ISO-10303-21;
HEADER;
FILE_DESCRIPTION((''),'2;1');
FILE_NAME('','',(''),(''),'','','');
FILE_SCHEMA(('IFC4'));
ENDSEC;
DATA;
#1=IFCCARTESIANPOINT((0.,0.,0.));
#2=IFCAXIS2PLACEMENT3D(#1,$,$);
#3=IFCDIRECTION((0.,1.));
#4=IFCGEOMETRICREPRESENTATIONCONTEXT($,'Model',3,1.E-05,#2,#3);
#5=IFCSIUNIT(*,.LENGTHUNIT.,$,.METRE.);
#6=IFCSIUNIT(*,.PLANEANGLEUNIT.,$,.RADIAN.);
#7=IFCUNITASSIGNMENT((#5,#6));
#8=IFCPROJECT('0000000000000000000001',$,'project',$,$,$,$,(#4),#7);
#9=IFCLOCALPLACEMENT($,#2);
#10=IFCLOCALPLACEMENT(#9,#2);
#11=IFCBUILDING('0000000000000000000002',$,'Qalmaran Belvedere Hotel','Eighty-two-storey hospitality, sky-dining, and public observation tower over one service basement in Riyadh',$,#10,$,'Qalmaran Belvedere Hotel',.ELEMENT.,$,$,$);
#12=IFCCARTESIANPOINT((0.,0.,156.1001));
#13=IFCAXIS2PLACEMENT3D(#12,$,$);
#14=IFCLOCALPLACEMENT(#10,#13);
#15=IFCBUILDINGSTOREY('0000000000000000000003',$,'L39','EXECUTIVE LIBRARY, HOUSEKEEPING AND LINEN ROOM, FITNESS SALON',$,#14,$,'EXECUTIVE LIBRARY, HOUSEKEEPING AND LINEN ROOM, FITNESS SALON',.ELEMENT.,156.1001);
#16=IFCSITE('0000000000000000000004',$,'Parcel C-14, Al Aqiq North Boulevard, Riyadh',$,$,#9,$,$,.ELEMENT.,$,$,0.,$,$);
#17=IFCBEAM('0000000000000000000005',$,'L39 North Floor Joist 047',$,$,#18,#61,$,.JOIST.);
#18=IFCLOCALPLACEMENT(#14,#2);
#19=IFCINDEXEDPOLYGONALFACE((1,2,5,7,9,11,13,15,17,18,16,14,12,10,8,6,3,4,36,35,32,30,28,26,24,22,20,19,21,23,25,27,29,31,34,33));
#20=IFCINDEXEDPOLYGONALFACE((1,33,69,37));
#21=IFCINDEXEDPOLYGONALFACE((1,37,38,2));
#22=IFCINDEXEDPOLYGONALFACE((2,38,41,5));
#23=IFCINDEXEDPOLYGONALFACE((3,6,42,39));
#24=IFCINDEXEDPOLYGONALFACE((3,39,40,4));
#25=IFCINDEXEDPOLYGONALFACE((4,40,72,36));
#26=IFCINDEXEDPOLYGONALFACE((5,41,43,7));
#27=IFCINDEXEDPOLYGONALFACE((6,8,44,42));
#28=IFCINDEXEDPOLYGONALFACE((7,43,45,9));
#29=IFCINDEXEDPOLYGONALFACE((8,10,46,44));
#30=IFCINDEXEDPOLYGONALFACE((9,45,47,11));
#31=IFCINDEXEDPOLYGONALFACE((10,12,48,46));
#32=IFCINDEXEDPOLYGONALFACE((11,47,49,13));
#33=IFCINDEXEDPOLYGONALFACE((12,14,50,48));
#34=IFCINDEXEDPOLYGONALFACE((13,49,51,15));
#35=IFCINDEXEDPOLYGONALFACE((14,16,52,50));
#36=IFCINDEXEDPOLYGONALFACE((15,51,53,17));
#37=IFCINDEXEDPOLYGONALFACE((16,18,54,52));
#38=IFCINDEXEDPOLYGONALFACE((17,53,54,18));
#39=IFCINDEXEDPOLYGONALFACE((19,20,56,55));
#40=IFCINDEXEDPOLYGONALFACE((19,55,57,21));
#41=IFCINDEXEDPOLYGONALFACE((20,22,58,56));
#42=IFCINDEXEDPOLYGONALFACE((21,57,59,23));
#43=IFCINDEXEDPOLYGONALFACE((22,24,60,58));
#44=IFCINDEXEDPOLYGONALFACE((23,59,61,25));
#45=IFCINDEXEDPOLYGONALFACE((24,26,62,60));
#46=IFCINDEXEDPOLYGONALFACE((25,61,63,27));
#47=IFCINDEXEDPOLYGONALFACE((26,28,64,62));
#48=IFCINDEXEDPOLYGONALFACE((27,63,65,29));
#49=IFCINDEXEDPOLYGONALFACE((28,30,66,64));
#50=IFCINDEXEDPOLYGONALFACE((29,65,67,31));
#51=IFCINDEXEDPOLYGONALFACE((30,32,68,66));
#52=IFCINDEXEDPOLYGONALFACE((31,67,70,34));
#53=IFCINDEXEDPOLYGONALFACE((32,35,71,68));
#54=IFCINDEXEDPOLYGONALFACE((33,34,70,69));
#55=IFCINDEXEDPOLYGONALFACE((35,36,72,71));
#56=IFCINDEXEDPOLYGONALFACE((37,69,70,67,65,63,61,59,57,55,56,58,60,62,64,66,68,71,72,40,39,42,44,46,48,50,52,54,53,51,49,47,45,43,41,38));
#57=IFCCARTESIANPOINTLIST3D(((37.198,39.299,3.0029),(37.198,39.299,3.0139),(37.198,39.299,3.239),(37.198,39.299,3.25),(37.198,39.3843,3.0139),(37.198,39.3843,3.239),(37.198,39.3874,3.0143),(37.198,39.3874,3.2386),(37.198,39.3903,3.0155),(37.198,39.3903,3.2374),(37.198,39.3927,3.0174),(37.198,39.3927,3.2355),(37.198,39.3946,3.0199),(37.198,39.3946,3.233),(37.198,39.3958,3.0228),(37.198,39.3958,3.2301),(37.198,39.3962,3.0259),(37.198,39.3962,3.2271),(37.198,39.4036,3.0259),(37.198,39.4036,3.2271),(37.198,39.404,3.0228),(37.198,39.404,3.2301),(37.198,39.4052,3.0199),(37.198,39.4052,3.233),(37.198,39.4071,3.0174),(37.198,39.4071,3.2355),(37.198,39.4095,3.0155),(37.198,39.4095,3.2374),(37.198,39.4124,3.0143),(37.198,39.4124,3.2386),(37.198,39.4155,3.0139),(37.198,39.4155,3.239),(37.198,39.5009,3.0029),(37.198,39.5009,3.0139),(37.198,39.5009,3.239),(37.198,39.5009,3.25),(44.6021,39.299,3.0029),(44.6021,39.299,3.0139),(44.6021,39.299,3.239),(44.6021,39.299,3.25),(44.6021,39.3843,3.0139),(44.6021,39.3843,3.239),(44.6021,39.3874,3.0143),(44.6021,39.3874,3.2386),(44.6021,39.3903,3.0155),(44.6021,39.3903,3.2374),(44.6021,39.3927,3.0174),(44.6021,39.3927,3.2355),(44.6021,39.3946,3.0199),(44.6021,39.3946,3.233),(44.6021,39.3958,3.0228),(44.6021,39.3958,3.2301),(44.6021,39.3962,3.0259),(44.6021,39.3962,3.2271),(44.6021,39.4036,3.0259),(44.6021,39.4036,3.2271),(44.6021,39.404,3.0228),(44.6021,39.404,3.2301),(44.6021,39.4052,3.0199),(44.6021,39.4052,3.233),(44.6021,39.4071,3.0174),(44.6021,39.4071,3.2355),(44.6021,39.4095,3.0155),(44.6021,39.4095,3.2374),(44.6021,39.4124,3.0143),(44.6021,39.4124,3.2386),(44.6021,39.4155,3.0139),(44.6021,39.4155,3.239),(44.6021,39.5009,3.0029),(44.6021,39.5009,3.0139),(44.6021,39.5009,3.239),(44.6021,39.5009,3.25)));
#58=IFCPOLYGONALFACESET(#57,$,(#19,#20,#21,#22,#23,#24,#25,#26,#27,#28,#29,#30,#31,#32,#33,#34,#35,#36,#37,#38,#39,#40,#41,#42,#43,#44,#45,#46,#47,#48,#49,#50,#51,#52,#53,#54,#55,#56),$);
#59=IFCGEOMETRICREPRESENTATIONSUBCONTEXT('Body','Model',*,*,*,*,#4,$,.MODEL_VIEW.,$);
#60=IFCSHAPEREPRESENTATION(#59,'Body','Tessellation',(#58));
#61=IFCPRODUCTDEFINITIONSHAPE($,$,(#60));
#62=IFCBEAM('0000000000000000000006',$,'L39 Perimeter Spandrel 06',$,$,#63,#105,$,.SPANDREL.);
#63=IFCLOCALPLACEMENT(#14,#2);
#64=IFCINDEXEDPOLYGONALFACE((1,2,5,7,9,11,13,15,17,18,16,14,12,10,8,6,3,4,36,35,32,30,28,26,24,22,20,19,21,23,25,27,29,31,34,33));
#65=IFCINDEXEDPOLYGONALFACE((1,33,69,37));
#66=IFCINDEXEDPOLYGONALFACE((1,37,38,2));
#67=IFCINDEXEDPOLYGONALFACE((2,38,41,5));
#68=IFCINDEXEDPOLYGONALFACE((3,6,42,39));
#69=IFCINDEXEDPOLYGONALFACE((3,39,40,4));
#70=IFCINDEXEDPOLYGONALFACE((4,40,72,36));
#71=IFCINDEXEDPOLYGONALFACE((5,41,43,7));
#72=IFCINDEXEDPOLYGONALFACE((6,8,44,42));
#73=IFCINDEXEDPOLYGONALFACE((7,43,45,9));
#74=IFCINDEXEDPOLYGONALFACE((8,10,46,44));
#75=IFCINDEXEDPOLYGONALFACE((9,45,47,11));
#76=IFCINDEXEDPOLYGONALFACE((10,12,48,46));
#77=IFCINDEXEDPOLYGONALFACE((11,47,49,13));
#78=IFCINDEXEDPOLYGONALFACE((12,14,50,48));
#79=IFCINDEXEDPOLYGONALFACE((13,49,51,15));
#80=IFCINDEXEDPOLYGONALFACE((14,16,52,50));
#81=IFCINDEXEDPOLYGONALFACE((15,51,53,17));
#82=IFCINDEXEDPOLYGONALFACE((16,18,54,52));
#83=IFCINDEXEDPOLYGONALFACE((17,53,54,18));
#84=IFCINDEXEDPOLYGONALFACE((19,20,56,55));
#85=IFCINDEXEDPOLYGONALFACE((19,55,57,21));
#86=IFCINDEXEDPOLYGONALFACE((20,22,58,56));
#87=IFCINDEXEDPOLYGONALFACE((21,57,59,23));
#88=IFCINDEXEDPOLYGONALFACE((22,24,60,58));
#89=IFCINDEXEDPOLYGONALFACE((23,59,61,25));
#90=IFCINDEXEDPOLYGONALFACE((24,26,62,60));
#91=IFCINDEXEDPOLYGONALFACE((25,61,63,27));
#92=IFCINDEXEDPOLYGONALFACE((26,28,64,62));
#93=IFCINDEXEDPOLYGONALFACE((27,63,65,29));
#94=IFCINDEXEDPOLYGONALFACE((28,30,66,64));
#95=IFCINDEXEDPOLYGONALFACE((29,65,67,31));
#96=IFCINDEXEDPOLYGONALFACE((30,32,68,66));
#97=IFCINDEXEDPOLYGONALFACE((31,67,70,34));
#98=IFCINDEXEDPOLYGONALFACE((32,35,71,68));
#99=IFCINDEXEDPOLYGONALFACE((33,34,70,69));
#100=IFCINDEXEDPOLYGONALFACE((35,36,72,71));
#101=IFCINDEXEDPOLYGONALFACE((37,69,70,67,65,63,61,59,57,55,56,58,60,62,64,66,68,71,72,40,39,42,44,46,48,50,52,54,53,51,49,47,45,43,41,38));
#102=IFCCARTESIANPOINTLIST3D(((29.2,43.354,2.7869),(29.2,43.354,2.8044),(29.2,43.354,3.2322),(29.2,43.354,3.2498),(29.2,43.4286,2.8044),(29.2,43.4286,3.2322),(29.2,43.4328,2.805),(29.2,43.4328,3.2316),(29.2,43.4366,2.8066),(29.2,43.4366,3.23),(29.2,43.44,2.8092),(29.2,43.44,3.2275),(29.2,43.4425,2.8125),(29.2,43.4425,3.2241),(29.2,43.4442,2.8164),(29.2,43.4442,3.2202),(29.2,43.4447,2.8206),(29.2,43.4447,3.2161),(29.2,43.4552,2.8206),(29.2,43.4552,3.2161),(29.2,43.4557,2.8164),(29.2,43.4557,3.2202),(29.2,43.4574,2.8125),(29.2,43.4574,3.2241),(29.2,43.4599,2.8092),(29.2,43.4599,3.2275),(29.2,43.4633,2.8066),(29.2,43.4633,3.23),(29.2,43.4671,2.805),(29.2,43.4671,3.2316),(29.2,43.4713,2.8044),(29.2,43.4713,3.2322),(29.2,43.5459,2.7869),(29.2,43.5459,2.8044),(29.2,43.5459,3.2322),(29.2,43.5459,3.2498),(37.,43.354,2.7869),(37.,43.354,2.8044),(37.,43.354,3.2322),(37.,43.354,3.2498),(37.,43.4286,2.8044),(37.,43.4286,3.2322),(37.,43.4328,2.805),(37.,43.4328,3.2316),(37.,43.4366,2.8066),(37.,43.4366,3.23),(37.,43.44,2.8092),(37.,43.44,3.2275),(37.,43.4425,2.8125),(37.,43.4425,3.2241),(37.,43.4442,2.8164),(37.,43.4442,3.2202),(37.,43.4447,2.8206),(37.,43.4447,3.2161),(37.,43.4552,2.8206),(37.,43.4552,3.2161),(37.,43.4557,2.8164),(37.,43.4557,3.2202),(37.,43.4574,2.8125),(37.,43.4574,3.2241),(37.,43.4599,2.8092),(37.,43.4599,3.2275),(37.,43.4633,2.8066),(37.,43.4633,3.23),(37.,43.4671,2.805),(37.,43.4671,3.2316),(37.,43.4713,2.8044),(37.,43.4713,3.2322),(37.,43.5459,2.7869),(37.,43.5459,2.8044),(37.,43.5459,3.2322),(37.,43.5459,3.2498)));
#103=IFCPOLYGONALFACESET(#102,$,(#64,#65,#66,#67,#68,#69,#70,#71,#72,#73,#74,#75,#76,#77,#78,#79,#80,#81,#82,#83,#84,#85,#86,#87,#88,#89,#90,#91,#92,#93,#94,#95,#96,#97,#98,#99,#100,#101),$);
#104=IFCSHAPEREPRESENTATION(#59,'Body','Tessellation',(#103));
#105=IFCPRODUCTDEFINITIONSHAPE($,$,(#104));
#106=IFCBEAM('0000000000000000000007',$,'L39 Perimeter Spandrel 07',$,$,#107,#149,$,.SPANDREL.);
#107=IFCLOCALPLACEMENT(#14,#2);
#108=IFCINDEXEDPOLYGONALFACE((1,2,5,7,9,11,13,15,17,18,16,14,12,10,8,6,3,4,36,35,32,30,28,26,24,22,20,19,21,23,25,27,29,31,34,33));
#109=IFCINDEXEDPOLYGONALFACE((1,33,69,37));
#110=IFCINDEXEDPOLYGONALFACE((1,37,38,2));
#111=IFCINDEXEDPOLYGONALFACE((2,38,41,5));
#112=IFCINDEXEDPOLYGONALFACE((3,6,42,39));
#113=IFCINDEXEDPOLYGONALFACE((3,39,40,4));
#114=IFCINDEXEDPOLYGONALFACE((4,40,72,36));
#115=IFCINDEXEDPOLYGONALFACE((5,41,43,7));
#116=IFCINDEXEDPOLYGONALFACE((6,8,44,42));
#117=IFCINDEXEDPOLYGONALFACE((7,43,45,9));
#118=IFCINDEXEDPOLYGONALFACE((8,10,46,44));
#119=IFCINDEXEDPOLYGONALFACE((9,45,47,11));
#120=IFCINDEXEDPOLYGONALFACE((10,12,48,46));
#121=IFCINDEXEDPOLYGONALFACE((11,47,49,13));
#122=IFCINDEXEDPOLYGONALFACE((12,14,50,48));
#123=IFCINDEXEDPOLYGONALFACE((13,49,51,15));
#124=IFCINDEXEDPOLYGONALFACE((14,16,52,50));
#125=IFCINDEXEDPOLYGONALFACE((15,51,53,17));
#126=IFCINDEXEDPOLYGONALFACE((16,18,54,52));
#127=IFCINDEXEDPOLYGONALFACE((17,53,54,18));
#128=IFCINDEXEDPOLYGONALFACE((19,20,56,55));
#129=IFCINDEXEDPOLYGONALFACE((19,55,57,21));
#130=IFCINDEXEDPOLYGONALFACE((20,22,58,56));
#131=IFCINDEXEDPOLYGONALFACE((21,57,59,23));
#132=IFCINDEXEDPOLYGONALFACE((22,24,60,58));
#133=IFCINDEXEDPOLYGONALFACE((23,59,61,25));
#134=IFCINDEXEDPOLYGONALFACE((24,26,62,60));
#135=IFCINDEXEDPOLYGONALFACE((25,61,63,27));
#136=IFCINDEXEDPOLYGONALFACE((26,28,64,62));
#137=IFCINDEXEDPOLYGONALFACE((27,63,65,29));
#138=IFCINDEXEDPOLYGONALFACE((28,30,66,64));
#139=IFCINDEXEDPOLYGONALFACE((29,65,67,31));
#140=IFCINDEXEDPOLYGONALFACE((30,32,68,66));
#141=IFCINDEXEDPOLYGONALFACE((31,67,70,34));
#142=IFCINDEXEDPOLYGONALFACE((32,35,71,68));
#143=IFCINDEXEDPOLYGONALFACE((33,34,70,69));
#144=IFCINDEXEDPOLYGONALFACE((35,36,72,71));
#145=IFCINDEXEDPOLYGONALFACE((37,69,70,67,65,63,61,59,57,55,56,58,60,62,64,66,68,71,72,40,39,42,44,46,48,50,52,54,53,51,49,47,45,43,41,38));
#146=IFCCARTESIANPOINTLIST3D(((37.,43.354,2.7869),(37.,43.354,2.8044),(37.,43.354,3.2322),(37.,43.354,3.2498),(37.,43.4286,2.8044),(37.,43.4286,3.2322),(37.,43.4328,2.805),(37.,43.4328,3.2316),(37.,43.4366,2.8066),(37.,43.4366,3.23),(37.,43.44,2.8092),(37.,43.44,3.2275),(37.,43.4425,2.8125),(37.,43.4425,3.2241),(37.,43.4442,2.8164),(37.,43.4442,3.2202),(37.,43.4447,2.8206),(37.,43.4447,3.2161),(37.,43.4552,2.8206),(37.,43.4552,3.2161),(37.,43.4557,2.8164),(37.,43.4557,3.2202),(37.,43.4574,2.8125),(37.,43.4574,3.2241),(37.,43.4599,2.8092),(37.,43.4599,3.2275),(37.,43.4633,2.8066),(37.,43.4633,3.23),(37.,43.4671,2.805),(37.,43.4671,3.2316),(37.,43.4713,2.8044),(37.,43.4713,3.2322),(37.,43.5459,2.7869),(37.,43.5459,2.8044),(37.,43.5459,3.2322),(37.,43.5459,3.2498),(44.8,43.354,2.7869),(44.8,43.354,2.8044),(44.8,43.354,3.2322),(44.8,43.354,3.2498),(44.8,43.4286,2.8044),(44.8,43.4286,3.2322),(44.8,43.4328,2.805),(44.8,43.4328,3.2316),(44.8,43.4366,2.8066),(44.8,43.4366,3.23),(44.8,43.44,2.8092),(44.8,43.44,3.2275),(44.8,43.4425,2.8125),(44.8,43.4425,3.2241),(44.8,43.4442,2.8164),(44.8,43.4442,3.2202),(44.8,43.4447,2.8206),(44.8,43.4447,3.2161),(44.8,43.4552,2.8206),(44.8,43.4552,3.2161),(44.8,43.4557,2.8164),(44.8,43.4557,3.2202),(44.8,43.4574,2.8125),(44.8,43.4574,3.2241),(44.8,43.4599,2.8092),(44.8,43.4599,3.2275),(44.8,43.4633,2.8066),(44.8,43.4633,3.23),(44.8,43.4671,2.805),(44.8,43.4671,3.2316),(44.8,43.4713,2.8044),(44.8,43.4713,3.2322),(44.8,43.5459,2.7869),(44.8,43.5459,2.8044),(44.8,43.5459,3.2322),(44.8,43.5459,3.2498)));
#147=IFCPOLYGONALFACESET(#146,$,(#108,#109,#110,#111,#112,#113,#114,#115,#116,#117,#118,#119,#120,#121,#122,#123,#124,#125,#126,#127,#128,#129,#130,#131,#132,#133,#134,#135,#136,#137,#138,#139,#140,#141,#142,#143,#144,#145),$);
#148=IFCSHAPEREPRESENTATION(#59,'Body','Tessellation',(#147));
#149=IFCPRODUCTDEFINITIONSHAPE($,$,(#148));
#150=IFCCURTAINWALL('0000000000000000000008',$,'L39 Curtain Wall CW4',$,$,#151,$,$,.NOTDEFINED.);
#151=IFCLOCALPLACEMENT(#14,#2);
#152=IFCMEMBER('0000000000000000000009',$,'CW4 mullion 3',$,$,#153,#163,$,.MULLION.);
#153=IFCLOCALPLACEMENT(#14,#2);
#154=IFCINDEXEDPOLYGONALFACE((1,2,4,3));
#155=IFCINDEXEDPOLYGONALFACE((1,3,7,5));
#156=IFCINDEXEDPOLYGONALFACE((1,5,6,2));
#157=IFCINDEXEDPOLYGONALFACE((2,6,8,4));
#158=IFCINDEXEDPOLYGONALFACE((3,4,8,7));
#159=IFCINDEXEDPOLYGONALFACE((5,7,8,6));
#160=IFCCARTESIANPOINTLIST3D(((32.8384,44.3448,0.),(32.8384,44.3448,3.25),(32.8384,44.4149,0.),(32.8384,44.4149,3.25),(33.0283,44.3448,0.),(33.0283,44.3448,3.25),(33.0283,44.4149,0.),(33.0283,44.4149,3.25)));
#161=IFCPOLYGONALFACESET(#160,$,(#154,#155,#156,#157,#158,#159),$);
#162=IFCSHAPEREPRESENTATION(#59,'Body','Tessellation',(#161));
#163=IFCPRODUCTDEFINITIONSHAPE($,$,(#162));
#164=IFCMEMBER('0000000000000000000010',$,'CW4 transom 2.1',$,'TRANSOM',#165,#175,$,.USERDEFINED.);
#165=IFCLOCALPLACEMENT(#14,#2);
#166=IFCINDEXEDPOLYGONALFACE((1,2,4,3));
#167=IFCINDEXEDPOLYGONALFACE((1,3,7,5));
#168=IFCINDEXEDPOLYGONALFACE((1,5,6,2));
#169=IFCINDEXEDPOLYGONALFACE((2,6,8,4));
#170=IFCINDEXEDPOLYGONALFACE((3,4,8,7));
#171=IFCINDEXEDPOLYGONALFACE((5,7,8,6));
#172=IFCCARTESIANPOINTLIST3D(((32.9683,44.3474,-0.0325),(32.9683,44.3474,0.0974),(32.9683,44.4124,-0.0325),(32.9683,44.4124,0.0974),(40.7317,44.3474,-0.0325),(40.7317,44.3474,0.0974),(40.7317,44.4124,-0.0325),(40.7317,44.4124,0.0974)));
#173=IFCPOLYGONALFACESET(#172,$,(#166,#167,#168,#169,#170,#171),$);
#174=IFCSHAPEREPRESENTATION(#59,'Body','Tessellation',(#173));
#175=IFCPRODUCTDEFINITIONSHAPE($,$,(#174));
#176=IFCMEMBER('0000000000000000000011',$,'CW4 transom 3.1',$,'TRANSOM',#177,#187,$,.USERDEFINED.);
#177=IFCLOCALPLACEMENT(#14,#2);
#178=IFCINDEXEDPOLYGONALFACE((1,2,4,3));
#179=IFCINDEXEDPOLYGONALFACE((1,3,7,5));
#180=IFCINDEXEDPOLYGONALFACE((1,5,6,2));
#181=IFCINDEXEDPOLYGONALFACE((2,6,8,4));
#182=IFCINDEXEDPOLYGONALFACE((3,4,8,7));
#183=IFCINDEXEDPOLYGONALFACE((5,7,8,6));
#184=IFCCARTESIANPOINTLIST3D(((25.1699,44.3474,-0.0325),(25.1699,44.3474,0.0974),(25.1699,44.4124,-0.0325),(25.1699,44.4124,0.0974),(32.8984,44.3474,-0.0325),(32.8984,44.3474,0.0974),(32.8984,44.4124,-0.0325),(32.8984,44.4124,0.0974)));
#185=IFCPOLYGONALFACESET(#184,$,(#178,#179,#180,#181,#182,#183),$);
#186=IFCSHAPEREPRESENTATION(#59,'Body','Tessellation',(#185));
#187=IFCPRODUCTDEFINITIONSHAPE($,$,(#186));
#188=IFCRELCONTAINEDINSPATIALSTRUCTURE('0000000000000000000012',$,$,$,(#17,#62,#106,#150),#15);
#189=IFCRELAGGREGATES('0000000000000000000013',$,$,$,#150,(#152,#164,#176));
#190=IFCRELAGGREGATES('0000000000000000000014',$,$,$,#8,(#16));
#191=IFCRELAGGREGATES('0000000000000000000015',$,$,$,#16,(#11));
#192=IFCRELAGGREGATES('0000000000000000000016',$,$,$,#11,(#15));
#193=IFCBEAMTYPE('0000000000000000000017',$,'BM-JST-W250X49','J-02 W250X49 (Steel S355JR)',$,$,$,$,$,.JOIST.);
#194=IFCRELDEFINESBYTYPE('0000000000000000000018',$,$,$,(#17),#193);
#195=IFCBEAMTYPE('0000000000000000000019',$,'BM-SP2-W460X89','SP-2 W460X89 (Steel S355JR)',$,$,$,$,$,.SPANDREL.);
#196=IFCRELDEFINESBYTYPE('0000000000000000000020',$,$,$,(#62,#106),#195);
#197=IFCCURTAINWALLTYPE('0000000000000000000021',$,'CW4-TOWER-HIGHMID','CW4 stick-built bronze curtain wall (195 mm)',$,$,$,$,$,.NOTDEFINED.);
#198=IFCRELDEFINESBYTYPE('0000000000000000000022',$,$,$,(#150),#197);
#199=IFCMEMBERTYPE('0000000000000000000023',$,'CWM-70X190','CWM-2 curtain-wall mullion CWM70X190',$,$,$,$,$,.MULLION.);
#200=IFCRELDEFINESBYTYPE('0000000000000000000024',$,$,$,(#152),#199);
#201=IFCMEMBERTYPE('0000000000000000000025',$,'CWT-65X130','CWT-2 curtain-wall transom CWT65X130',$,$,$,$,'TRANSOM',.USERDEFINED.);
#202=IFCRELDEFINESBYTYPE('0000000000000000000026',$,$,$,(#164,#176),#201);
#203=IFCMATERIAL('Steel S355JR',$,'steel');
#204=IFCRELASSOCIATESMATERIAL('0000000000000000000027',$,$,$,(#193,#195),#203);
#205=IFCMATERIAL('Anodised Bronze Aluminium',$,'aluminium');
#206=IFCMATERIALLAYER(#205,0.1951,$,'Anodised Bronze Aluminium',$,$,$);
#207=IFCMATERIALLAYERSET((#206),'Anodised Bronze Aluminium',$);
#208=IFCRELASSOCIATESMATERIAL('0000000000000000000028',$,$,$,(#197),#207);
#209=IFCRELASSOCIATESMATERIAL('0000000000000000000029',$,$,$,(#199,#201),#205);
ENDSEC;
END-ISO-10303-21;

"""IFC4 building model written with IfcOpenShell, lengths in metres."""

from ifc_helpers import new_model, si_unit, direction, frame, origin, origin_2d, place, context, subcontext, project, spatial, rectangle, i_section, extrude, material, layer, layer_set, material_profile, profile_set, type_object, element, aggregate, save


model = new_model("IFC4")

# Units and contexts
model_context = context("Model", 3, precision=1e-05, world=origin(), true_north=direction((0.0, 1.0)))
body_context = subcontext(model_context, "Body", "Model", "MODEL_VIEW")
ifc_project = project(units=[si_unit("LENGTHUNIT", "METRE"), si_unit("PLANEANGLEUNIT", "RADIAN")], contexts=[model_context])

# Site, building, storey
site_placement = place(None, origin())
site = spatial("IfcSite", under=ifc_project, at=site_placement, Name="Parcel C-14, Al Aqiq North Boulevard, Riyadh", CompositionType="ELEMENT", RefElevation=0.0)
building_placement = place(site_placement, origin())
building = spatial("IfcBuilding", under=site, at=building_placement, Name="Qalmaran Belvedere Hotel", Description="Eighty-two-storey hospitality, sky-dining, and public observation tower over one service basement in Riyadh", LongName="Qalmaran Belvedere Hotel", CompositionType="ELEMENT")
storey_placement = place(building_placement, frame((0.0, 0.0, 156.1001)))
storey = spatial("IfcBuildingStorey", under=building, at=storey_placement, Name="L39", Description="EXECUTIVE LIBRARY, HOUSEKEEPING AND LINEN ROOM, FITNESS SALON", LongName="EXECUTIVE LIBRARY, HOUSEKEEPING AND LINEN ROOM, FITNESS SALON", CompositionType="ELEMENT", Elevation=156.1001)

# Beams
ifc_material_1 = material(Name="Steel S355JR", Category="steel")
ifc_material_profile_1 = material_profile(ifc_material_1, i_section(OverallWidth=0.2019, OverallDepth=0.2471, WebThickness=0.0073, FlangeThickness=0.011, FilletRadius=0.012, at=origin_2d()), Name="W250X49")
ifc_profile_set_1 = profile_set([ifc_material_profile_1], Name="Steel S355JR")
beam_type_1 = type_object("IfcBeamType", Name="BM-JST-W250X49", Description="J-02 W250X49 (Steel S355JR)", PredefinedType="JOIST", material=ifc_profile_set_1)
for number, where, z_axis, x_axis, name in (
    (1, (37.198, 39.3999, 3.1265), (1.0, 0.0, 0.0), (0.0, 1.0, 0.0), "L39 North Floor Joist 047"),
):
    element("IfcBeam", number, at=place(storey_placement, frame(where, z_axis=z_axis, x_axis=x_axis)), inside=storey, type_object=beam_type_1, Name=name, PredefinedType="JOIST", context=body_context, shape_type="SweptSolid", body=[
        extrude(i_section(OverallWidth=0.2019, OverallDepth=0.2471, WebThickness=0.0073, FlangeThickness=0.011, FilletRadius=0.012, at=origin_2d()), origin(), (0.0, 0.0, 1.0), 7.4041),
    ])
ifc_material_profile_2 = material_profile(ifc_material_1, i_section(OverallWidth=0.1919, OverallDepth=0.4629, WebThickness=0.0105, FlangeThickness=0.0176, FilletRadius=0.0161, at=origin_2d()), Name="W460X89")
ifc_profile_set_2 = profile_set([ifc_material_profile_2], Name="Steel S355JR")
beam_type_2 = type_object("IfcBeamType", Name="BM-SP2-W460X89", Description="SP-2 W460X89 (Steel S355JR)", PredefinedType="SPANDREL", material=ifc_profile_set_2)
for number, where, z_axis, x_axis, name in (
    (2, (29.2, 43.45, 3.0183), (1.0, 0.0, 0.0), (0.0, 1.0, 0.0), "L39 Perimeter Spandrel 06"),
    (3, (37.0, 43.45, 3.0183), (1.0, 0.0, 0.0), (0.0, 1.0, 0.0), "L39 Perimeter Spandrel 07"),
):
    element("IfcBeam", number, at=place(storey_placement, frame(where, z_axis=z_axis, x_axis=x_axis)), inside=storey, type_object=beam_type_2, Name=name, PredefinedType="SPANDREL", context=body_context, shape_type="SweptSolid", body=[
        extrude(i_section(OverallWidth=0.1919, OverallDepth=0.4629, WebThickness=0.0105, FlangeThickness=0.0176, FilletRadius=0.0161, at=origin_2d()), origin(), (0.0, 0.0, 1.0), 7.8),
    ])

# Curtain wall, members
ifc_material_2 = material(Name="Anodised Bronze Aluminium", Category="aluminium")
ifc_layer_1 = layer(ifc_material_2, 0.1951, Name="Anodised Bronze Aluminium")
ifc_layer_set_1 = layer_set([ifc_layer_1], Name="Anodised Bronze Aluminium")
curtain_wall_type = type_object("IfcCurtainWallType", Name="CW4-TOWER-HIGHMID", Description="CW4 stick-built bronze curtain wall (195 mm)", PredefinedType="NOTDEFINED", material=ifc_layer_set_1)
curtain_wall_placement = place(storey_placement, origin())
curtain_wall = element("IfcCurtainWall", 4, at=curtain_wall_placement, inside=storey, type_object=curtain_wall_type, Name="L39 Curtain Wall CW4", PredefinedType="NOTDEFINED")
ifc_material_profile_3 = material_profile(ifc_material_2, rectangle(XDim=0.0701, YDim=0.1899, at=origin_2d()), Name="CWM70X190")
ifc_profile_set_3 = profile_set([ifc_material_profile_3], Name="Anodised Bronze Aluminium")
member_type_1 = type_object("IfcMemberType", Name="CWM-70X190", Description="CWM-2 curtain-wall mullion CWM70X190", PredefinedType="MULLION", material=ifc_profile_set_3)
member_1_placement = place(storey_placement, frame((32.9333, 44.3799, 0.0), z_axis=(0.0, 0.0, 1.0), x_axis=(0.0, -1.0, 0.0)))
member_1 = element("IfcMember", 5, at=member_1_placement, type_object=member_type_1, Name="CW4 mullion 3", PredefinedType="MULLION", context=body_context, shape_type="SweptSolid", body=[
    extrude(rectangle(XDim=0.0701, YDim=0.1899, at=origin_2d()), origin(), (0.0, 0.0, 1.0), 3.25),
])
ifc_material_profile_4 = material_profile(ifc_material_2, rectangle(XDim=0.0649, YDim=0.1299, at=origin_2d()), Name="CWT65X130")
ifc_profile_set_4 = profile_set([ifc_material_profile_4], Name="Anodised Bronze Aluminium")
member_type_2 = type_object("IfcMemberType", Name="CWT-65X130", Description="CWT-2 curtain-wall transom CWT65X130", ElementType="TRANSOM", PredefinedType="USERDEFINED", material=ifc_profile_set_4)
member_2_placement = place(storey_placement, frame((40.7317, 44.3799, 0.0325), z_axis=(-1.0, 0.0, 0.0), x_axis=(0.0, -1.0, 0.0)))
member_2 = element("IfcMember", 6, at=member_2_placement, type_object=member_type_2, Name="CW4 transom 2.1", ObjectType="TRANSOM", PredefinedType="USERDEFINED", context=body_context, shape_type="SweptSolid", body=[
    extrude(rectangle(XDim=0.0649, YDim=0.1299, at=origin_2d()), origin(), (0.0, 0.0, 1.0), 7.7634),
])
member_3_placement = place(storey_placement, frame((32.8984, 44.3799, 0.0325), z_axis=(-1.0, 0.0, 0.0), x_axis=(0.0, -1.0, 0.0)))
member_3 = element("IfcMember", 7, at=member_3_placement, type_object=member_type_2, Name="CW4 transom 3.1", ObjectType="TRANSOM", PredefinedType="USERDEFINED", context=body_context, shape_type="SweptSolid", body=[
    extrude(rectangle(XDim=0.0649, YDim=0.1299, at=origin_2d()), origin(), (0.0, 0.0, 1.0), 7.7285),
])
aggregate(curtain_wall, [member_1, member_2, member_3])

save(model, "model.ifc")
